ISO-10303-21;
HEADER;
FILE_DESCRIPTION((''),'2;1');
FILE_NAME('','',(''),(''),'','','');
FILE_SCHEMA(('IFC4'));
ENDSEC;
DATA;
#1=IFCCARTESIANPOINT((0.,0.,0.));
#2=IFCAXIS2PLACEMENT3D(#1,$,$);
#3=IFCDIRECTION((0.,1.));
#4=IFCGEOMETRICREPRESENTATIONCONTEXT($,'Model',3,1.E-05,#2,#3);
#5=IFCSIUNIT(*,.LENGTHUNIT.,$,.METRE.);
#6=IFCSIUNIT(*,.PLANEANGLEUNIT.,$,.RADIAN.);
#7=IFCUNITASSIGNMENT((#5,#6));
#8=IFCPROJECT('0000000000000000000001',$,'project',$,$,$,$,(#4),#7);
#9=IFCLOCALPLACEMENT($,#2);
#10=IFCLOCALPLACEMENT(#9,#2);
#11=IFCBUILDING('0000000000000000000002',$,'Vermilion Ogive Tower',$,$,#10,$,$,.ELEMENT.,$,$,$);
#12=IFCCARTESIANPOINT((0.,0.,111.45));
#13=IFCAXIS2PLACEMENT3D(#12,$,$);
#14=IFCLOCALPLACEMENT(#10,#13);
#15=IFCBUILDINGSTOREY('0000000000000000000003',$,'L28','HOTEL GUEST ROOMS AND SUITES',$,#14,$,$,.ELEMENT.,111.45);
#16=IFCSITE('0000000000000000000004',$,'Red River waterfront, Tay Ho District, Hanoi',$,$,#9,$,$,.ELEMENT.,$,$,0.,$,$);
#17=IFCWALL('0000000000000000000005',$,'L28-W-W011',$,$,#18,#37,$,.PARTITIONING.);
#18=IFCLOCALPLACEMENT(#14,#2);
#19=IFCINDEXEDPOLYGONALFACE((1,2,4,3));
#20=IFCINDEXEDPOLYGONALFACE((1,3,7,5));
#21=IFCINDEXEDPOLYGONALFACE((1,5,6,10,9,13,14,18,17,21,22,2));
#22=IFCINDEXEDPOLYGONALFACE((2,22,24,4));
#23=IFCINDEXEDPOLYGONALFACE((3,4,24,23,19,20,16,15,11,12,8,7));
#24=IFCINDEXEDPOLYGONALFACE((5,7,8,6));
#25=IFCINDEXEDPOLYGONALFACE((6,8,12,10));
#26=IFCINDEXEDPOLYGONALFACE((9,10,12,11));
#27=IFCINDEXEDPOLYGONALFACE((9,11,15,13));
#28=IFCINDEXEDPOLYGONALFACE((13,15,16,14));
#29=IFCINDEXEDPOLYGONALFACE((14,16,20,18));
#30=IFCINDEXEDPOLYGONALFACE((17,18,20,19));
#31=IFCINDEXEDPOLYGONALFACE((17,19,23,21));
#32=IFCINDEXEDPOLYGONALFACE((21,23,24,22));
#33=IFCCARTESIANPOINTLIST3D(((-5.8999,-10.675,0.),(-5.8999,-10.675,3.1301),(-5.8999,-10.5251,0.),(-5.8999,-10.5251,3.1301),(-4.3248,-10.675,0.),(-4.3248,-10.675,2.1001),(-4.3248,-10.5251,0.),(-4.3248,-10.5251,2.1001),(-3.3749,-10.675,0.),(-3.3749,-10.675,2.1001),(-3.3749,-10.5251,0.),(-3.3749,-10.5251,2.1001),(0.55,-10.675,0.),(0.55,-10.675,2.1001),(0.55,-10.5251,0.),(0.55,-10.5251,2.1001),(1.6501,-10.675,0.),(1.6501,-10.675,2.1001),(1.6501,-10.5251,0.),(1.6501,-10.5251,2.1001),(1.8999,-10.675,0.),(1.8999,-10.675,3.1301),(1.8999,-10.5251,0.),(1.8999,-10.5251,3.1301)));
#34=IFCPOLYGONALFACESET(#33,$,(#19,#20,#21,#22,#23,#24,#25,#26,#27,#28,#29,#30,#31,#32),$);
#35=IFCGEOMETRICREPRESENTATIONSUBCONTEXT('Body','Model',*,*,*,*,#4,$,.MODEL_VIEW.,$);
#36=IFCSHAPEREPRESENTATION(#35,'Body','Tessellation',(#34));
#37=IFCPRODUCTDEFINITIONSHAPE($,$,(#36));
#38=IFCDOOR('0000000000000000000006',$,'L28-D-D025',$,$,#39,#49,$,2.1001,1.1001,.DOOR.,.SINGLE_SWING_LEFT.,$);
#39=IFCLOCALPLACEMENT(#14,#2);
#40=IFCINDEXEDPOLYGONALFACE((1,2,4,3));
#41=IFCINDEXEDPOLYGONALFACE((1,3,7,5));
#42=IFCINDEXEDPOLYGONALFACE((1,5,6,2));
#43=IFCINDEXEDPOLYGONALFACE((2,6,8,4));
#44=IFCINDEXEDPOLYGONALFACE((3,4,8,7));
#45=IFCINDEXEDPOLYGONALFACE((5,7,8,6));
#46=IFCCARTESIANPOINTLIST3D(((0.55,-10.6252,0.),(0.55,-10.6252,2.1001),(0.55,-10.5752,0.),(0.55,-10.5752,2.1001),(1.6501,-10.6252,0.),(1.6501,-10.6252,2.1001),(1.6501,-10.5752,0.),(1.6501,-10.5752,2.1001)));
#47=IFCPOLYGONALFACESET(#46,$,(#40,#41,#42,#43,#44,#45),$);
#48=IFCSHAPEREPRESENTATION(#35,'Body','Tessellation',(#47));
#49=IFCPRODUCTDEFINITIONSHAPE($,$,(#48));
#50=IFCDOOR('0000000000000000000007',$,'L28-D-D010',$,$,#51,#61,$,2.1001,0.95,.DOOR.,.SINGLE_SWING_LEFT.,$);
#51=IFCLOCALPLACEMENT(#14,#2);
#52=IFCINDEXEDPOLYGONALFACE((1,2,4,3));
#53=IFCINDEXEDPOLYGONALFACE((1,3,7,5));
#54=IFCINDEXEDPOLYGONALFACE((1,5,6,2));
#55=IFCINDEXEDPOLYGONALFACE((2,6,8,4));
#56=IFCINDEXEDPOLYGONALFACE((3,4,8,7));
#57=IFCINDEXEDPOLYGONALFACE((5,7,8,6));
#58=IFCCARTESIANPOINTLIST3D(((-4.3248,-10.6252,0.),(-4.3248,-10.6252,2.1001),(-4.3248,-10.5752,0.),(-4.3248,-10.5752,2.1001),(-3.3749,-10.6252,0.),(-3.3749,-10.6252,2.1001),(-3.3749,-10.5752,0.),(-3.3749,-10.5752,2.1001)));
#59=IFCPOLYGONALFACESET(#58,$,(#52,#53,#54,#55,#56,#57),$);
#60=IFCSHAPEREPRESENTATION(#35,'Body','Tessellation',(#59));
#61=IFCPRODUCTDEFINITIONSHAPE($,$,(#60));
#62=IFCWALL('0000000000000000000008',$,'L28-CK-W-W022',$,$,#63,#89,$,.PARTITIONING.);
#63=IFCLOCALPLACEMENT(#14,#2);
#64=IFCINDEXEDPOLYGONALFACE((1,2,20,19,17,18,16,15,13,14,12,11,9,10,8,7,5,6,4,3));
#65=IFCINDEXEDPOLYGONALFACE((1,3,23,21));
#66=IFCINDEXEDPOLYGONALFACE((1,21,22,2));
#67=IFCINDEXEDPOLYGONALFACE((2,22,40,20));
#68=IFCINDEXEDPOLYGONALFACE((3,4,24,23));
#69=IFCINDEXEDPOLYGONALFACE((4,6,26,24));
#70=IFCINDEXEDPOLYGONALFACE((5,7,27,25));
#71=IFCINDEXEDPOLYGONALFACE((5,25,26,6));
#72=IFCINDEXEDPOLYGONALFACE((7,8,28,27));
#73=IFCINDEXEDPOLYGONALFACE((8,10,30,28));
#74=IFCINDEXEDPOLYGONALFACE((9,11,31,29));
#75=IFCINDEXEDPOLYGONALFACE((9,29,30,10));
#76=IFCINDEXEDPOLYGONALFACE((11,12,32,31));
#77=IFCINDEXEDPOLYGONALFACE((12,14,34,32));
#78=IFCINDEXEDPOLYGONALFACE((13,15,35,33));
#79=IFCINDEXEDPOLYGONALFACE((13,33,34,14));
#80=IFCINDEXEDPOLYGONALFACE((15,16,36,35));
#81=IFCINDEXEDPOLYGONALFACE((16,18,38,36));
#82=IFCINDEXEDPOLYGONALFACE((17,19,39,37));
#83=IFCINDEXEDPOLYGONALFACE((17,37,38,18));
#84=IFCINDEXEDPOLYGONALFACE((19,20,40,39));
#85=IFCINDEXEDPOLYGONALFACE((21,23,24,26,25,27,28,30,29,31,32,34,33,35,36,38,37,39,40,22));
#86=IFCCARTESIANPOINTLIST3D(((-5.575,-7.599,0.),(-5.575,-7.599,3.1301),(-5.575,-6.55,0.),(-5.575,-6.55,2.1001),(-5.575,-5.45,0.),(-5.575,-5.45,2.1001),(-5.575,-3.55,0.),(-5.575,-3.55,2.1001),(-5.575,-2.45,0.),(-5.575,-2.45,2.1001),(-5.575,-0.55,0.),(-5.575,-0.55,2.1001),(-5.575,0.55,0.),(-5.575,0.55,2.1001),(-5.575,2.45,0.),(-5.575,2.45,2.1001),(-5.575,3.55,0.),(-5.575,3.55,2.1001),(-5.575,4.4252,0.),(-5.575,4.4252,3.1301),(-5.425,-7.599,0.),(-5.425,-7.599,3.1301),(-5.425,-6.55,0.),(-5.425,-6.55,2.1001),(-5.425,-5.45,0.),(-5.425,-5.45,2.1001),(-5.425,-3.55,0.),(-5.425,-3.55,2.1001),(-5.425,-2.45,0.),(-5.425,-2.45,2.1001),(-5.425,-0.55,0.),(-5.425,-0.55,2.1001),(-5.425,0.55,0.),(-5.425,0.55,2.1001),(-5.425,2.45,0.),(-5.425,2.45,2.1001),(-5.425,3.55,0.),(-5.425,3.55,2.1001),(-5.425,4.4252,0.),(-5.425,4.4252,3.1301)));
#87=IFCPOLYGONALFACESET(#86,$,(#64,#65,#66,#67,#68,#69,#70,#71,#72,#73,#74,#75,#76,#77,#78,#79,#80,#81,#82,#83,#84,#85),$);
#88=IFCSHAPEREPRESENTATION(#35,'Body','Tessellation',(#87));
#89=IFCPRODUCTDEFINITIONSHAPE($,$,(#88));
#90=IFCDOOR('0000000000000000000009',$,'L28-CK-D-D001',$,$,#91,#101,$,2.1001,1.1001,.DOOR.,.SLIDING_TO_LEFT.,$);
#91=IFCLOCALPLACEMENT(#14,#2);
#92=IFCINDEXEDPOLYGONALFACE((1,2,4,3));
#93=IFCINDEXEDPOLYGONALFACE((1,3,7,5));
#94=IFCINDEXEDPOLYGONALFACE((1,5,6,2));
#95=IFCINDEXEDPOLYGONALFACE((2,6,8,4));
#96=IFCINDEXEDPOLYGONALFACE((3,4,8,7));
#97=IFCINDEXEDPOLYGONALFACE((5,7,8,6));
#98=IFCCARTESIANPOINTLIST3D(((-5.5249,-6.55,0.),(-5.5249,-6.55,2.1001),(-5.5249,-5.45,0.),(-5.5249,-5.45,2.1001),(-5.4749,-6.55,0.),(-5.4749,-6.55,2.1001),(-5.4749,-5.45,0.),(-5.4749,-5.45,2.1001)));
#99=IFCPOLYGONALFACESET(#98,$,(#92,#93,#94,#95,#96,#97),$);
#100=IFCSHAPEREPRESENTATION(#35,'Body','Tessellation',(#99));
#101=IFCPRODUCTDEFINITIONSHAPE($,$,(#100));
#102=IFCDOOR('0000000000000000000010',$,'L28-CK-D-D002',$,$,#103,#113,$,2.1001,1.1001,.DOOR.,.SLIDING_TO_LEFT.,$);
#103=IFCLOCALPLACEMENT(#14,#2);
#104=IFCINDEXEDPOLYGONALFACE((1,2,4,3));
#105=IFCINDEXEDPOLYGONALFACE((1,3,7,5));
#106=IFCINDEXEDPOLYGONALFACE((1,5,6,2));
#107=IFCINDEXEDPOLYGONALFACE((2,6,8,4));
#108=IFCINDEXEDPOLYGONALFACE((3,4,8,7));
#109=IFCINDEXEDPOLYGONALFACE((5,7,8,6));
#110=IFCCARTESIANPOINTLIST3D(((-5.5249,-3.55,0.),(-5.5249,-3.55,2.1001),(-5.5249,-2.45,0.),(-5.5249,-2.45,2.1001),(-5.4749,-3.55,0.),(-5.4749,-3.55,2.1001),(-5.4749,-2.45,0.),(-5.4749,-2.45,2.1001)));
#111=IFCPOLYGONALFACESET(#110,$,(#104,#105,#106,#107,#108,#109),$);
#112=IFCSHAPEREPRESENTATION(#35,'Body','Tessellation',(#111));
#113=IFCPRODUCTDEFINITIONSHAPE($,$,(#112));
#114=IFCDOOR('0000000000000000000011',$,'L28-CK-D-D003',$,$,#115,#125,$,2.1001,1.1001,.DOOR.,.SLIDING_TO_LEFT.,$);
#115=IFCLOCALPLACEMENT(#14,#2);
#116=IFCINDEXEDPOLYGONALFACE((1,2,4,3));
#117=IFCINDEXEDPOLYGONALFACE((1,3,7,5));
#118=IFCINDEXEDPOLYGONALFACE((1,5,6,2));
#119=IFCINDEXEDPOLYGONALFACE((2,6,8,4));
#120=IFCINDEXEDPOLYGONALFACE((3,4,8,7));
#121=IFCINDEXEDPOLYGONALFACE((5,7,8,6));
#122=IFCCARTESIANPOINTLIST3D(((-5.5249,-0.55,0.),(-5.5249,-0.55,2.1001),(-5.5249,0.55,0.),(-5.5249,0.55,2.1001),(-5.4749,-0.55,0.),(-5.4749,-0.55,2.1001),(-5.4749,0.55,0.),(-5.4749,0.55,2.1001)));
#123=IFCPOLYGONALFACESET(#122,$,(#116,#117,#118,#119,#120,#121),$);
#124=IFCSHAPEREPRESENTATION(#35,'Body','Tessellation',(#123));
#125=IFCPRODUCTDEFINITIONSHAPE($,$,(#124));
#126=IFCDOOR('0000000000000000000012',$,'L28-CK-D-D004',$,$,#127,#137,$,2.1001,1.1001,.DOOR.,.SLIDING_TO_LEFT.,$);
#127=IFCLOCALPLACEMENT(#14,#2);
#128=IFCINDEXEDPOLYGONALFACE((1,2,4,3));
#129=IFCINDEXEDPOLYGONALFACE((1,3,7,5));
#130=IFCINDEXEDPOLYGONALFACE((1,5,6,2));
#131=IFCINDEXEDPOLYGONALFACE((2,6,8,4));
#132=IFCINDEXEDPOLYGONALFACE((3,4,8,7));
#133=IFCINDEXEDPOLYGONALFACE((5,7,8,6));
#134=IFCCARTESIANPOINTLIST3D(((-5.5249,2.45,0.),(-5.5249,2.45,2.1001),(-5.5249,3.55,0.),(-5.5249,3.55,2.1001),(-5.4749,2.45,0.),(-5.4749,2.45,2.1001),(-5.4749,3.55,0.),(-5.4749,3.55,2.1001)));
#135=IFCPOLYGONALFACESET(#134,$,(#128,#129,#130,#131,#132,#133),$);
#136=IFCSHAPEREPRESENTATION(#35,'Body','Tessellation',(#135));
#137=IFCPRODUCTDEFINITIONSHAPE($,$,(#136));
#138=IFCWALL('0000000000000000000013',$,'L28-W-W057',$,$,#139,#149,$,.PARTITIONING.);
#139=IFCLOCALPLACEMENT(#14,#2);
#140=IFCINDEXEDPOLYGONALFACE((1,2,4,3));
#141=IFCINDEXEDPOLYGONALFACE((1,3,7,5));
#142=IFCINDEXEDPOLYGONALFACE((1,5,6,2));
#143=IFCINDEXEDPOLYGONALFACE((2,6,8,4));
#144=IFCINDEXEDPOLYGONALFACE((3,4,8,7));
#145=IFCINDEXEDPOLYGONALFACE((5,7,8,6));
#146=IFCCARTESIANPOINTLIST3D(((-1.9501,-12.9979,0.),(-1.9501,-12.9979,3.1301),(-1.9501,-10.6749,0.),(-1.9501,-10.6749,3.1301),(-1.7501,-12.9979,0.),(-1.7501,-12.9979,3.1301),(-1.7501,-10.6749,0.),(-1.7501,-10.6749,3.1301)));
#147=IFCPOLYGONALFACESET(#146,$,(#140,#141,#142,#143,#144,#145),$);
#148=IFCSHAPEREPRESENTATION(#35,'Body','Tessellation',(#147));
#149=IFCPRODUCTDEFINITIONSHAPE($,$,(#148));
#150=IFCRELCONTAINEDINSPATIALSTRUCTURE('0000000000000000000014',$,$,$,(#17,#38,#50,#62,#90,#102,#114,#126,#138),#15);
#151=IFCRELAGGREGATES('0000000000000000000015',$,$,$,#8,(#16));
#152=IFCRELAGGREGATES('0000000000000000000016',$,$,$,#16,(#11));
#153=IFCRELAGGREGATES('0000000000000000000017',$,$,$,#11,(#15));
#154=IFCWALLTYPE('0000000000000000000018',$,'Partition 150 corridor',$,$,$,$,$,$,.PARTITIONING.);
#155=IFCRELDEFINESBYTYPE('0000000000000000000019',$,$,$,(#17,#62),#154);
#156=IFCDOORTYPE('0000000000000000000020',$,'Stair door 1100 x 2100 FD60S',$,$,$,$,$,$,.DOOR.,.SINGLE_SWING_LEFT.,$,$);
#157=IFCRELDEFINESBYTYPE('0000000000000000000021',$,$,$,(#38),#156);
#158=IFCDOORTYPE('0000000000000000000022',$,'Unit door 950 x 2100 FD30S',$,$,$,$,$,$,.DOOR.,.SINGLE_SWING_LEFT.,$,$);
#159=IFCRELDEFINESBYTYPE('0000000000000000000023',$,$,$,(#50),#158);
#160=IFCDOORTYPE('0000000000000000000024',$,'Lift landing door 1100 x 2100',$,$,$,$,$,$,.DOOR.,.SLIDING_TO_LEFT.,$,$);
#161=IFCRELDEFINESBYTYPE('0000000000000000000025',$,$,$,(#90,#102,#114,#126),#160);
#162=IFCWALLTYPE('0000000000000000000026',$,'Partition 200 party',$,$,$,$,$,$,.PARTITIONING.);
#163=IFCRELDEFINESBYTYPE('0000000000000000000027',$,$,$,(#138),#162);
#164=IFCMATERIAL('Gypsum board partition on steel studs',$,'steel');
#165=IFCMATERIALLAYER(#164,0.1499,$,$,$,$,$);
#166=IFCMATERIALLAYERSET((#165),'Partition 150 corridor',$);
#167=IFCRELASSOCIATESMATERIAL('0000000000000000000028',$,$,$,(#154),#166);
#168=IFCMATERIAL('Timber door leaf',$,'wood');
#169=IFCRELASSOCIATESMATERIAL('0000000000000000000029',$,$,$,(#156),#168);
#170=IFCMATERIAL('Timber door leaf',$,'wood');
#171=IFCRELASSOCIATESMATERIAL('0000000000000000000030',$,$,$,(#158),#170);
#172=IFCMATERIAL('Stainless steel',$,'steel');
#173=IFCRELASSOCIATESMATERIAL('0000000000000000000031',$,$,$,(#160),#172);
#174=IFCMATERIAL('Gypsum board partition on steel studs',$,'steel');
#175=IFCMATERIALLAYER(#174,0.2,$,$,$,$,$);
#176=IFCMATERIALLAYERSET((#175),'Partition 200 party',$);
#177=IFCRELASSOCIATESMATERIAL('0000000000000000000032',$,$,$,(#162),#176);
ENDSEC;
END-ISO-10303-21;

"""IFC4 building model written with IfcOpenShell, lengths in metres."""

from ifc_helpers import new_model, si_unit, direction, frame, frame_2d, origin, place, context, subcontext, project, spatial, rectangle, extrude, material, layer, layer_set, type_object, element, fill, save


model = new_model("IFC4")

# Units and contexts
model_context = context("Model", 3, precision=1e-05, world=origin(), true_north=direction((0.0, 1.0)))
body_context = subcontext(model_context, "Body", "Model", "MODEL_VIEW")
ifc_project = project(units=[si_unit("LENGTHUNIT", "METRE"), si_unit("PLANEANGLEUNIT", "RADIAN")], contexts=[model_context])

# Site, building, storey
site_placement = place(None, origin())
site = spatial("IfcSite", under=ifc_project, at=site_placement, Name="Red River waterfront, Tay Ho District, Hanoi", CompositionType="ELEMENT", RefElevation=0.0)
building_placement = place(site_placement, origin())
building = spatial("IfcBuilding", under=site, at=building_placement, Name="Vermilion Ogive Tower", CompositionType="ELEMENT")
storey_placement = place(building_placement, frame((0.0, 0.0, 111.45)))
storey = spatial("IfcBuildingStorey", under=building, at=storey_placement, Name="L28", Description="HOTEL GUEST ROOMS AND SUITES", CompositionType="ELEMENT", Elevation=111.45)

# Walls, openings, doors
ifc_material_1 = material(Name="Gypsum board partition on steel studs", Category="steel")
ifc_layer_1 = layer(ifc_material_1, 0.1499)
ifc_layer_set_1 = layer_set([ifc_layer_1], Name="Partition 150 corridor")
wall_type_1 = type_object("IfcWallType", Name="Partition 150 corridor", PredefinedType="PARTITIONING", material=ifc_layer_set_1)
wall_1_placement = place(storey_placement, frame((-5.8999, -10.6001, 0.0), z_axis=(0.0, 0.0, 1.0), x_axis=(1.0, 0.0, 0.0)))
wall_1 = element("IfcWall", 1, at=wall_1_placement, inside=storey, type_object=wall_type_1, Name="L28-W-W011", PredefinedType="PARTITIONING", context=body_context, shape_type="SweptSolid", body=[
    extrude(rectangle(XDim=7.7998, YDim=0.1499, at=frame_2d((3.8999, 0.0))), origin(), (0.0, 0.0, 1.0), 3.1301),
])
opening_1_placement = place(wall_1_placement, frame((1.575, 0.0, 0.0)))
opening_1 = element("IfcOpeningElement", 2, at=opening_1_placement, cuts=wall_1, PredefinedType="OPENING", context=body_context, shape_type="SweptSolid", body=[
    extrude(rectangle(XDim=0.95, YDim=2.1001, at=frame_2d((0.4751, 1.05))), frame((0.0, 0.085, 0.0), z_axis=(0.0, -1.0, 0.0), x_axis=(1.0, 0.0, 0.0)), (0.0, 0.0, 1.0), 0.1699),
])
opening_2_placement = place(wall_1_placement, frame((6.45, 0.0, 0.0)))
opening_2 = element("IfcOpeningElement", 3, at=opening_2_placement, cuts=wall_1, PredefinedType="OPENING", context=body_context, shape_type="SweptSolid", body=[
    extrude(rectangle(XDim=1.1001, YDim=2.1001, at=frame_2d((0.55, 1.05))), frame((0.0, 0.085, 0.0), z_axis=(0.0, -1.0, 0.0), x_axis=(1.0, 0.0, 0.0)), (0.0, 0.0, 1.0), 0.1699),
])
ifc_material_2 = material(Name="Timber door leaf", Category="wood")
door_type_1 = type_object("IfcDoorType", Name="Stair door 1100 x 2100 FD60S", OperationType="SINGLE_SWING_LEFT", PredefinedType="DOOR", material=ifc_material_2)
door_1_placement = place(opening_2_placement, origin())
door_1 = element("IfcDoor", 4, at=door_1_placement, inside=storey, type_object=door_type_1, Name="L28-D-D025", OperationType="SINGLE_SWING_LEFT", OverallHeight=2.1001, OverallWidth=1.1001, PredefinedType="DOOR", context=body_context, shape_type="SweptSolid", body=[
    extrude(rectangle(XDim=1.1001, YDim=2.1001, at=frame_2d((0.55, 1.05))), frame((0.0, 0.0249, 0.0), z_axis=(0.0, -1.0, 0.0), x_axis=(1.0, 0.0, 0.0)), (0.0, 0.0, 1.0), 0.05),
])
fill(opening_2, door_1)
ifc_material_3 = material(Name="Timber door leaf", Category="wood")
door_type_2 = type_object("IfcDoorType", Name="Unit door 950 x 2100 FD30S", OperationType="SINGLE_SWING_LEFT", PredefinedType="DOOR", material=ifc_material_3)
door_2_placement = place(opening_1_placement, origin())
door_2 = element("IfcDoor", 5, at=door_2_placement, inside=storey, type_object=door_type_2, Name="L28-D-D010", OperationType="SINGLE_SWING_LEFT", OverallHeight=2.1001, OverallWidth=0.95, PredefinedType="DOOR", context=body_context, shape_type="SweptSolid", body=[
    extrude(rectangle(XDim=0.95, YDim=2.1001, at=frame_2d((0.4751, 1.05))), frame((0.0, 0.0249, 0.0), z_axis=(0.0, -1.0, 0.0), x_axis=(1.0, 0.0, 0.0)), (0.0, 0.0, 1.0), 0.05),
])
fill(opening_1, door_2)
wall_2_placement = place(storey_placement, frame((-5.5, -7.5991, 0.0), z_axis=(0.0, 0.0, 1.0), x_axis=(0.0, 1.0, 0.0)))
wall_2 = element("IfcWall", 6, at=wall_2_placement, inside=storey, type_object=wall_type_1, Name="L28-CK-W-W022", PredefinedType="PARTITIONING", context=body_context, shape_type="SweptSolid", body=[
    extrude(rectangle(XDim=12.0242, YDim=0.1499, at=frame_2d((6.0122, 0.0))), origin(), (0.0, 0.0, 1.0), 3.1301),
])
opening_3_placement = place(wall_2_placement, frame((1.0491, 0.0, 0.0)))
opening_3 = element("IfcOpeningElement", 7, at=opening_3_placement, cuts=wall_2, PredefinedType="OPENING", context=body_context, shape_type="SweptSolid", body=[
    extrude(rectangle(XDim=1.1001, YDim=2.1001, at=frame_2d((0.55, 1.05))), frame((0.0, 0.085, 0.0), z_axis=(0.0, -1.0, 0.0), x_axis=(1.0, 0.0, 0.0)), (0.0, 0.0, 1.0), 0.1699),
])
opening_4_placement = place(wall_2_placement, frame((4.0491, 0.0, 0.0)))
opening_4 = element("IfcOpeningElement", 8, at=opening_4_placement, cuts=wall_2, PredefinedType="OPENING", context=body_context, shape_type="SweptSolid", body=[
    extrude(rectangle(XDim=1.1001, YDim=2.1001, at=frame_2d((0.55, 1.05))), frame((0.0, 0.085, 0.0), z_axis=(0.0, -1.0, 0.0), x_axis=(1.0, 0.0, 0.0)), (0.0, 0.0, 1.0), 0.1699),
])
opening_5_placement = place(wall_2_placement, frame((7.0491, 0.0, 0.0)))
opening_5 = element("IfcOpeningElement", 9, at=opening_5_placement, cuts=wall_2, PredefinedType="OPENING", context=body_context, shape_type="SweptSolid", body=[
    extrude(rectangle(XDim=1.1001, YDim=2.1001, at=frame_2d((0.55, 1.05))), frame((0.0, 0.085, 0.0), z_axis=(0.0, -1.0, 0.0), x_axis=(1.0, 0.0, 0.0)), (0.0, 0.0, 1.0), 0.1699),
])
opening_6_placement = place(wall_2_placement, frame((10.0491, 0.0, 0.0)))
opening_6 = element("IfcOpeningElement", 10, at=opening_6_placement, cuts=wall_2, PredefinedType="OPENING", context=body_context, shape_type="SweptSolid", body=[
    extrude(rectangle(XDim=1.1001, YDim=2.1001, at=frame_2d((0.55, 1.05))), frame((0.0, 0.085, 0.0), z_axis=(0.0, -1.0, 0.0), x_axis=(1.0, 0.0, 0.0)), (0.0, 0.0, 1.0), 0.1699),
])
ifc_material_4 = material(Name="Stainless steel", Category="steel")
door_type_3 = type_object("IfcDoorType", Name="Lift landing door 1100 x 2100", OperationType="SLIDING_TO_LEFT", PredefinedType="DOOR", material=ifc_material_4)
door_3_placement = place(opening_3_placement, origin())
door_3 = element("IfcDoor", 11, at=door_3_placement, inside=storey, type_object=door_type_3, Name="L28-CK-D-D001", OperationType="SLIDING_TO_LEFT", OverallHeight=2.1001, OverallWidth=1.1001, PredefinedType="DOOR", context=body_context, shape_type="SweptSolid", body=[
    extrude(rectangle(XDim=1.1001, YDim=2.1001, at=frame_2d((0.55, 1.05))), frame((0.0, 0.0249, 0.0), z_axis=(0.0, -1.0, 0.0), x_axis=(1.0, 0.0, 0.0)), (0.0, 0.0, 1.0), 0.05),
])
fill(opening_3, door_3)
door_4_placement = place(opening_4_placement, origin())
door_4 = element("IfcDoor", 12, at=door_4_placement, inside=storey, type_object=door_type_3, Name="L28-CK-D-D002", OperationType="SLIDING_TO_LEFT", OverallHeight=2.1001, OverallWidth=1.1001, PredefinedType="DOOR", context=body_context, shape_type="SweptSolid", body=[
    extrude(rectangle(XDim=1.1001, YDim=2.1001, at=frame_2d((0.55, 1.05))), frame((0.0, 0.0249, 0.0), z_axis=(0.0, -1.0, 0.0), x_axis=(1.0, 0.0, 0.0)), (0.0, 0.0, 1.0), 0.05),
])
fill(opening_4, door_4)
door_5_placement = place(opening_5_placement, origin())
door_5 = element("IfcDoor", 13, at=door_5_placement, inside=storey, type_object=door_type_3, Name="L28-CK-D-D003", OperationType="SLIDING_TO_LEFT", OverallHeight=2.1001, OverallWidth=1.1001, PredefinedType="DOOR", context=body_context, shape_type="SweptSolid", body=[
    extrude(rectangle(XDim=1.1001, YDim=2.1001, at=frame_2d((0.55, 1.05))), frame((0.0, 0.0249, 0.0), z_axis=(0.0, -1.0, 0.0), x_axis=(1.0, 0.0, 0.0)), (0.0, 0.0, 1.0), 0.05),
])
fill(opening_5, door_5)
door_6_placement = place(opening_6_placement, origin())
door_6 = element("IfcDoor", 14, at=door_6_placement, inside=storey, type_object=door_type_3, Name="L28-CK-D-D004", OperationType="SLIDING_TO_LEFT", OverallHeight=2.1001, OverallWidth=1.1001, PredefinedType="DOOR", context=body_context, shape_type="SweptSolid", body=[
    extrude(rectangle(XDim=1.1001, YDim=2.1001, at=frame_2d((0.55, 1.05))), frame((0.0, 0.0249, 0.0), z_axis=(0.0, -1.0, 0.0), x_axis=(1.0, 0.0, 0.0)), (0.0, 0.0, 1.0), 0.05),
])
fill(opening_6, door_6)

# Wall
ifc_material_5 = material(Name="Gypsum board partition on steel studs", Category="steel")
ifc_layer_2 = layer(ifc_material_5, 0.2)
ifc_layer_set_2 = layer_set([ifc_layer_2], Name="Partition 200 party")
wall_type_2 = type_object("IfcWallType", Name="Partition 200 party", PredefinedType="PARTITIONING", material=ifc_layer_set_2)
wall_3_placement = place(storey_placement, frame((-1.8501, -12.998, 0.0), z_axis=(0.0, 0.0, 1.0), x_axis=(0.0, 1.0, 0.0)))
element("IfcWall", 15, at=wall_3_placement, inside=storey, type_object=wall_type_2, Name="L28-W-W057", PredefinedType="PARTITIONING", context=body_context, shape_type="SweptSolid", body=[
    extrude(rectangle(XDim=2.323, YDim=0.2, at=frame_2d((1.1616, 0.0))), origin(), (0.0, 0.0, 1.0), 3.1301),
])

save(model, "model.ifc")
